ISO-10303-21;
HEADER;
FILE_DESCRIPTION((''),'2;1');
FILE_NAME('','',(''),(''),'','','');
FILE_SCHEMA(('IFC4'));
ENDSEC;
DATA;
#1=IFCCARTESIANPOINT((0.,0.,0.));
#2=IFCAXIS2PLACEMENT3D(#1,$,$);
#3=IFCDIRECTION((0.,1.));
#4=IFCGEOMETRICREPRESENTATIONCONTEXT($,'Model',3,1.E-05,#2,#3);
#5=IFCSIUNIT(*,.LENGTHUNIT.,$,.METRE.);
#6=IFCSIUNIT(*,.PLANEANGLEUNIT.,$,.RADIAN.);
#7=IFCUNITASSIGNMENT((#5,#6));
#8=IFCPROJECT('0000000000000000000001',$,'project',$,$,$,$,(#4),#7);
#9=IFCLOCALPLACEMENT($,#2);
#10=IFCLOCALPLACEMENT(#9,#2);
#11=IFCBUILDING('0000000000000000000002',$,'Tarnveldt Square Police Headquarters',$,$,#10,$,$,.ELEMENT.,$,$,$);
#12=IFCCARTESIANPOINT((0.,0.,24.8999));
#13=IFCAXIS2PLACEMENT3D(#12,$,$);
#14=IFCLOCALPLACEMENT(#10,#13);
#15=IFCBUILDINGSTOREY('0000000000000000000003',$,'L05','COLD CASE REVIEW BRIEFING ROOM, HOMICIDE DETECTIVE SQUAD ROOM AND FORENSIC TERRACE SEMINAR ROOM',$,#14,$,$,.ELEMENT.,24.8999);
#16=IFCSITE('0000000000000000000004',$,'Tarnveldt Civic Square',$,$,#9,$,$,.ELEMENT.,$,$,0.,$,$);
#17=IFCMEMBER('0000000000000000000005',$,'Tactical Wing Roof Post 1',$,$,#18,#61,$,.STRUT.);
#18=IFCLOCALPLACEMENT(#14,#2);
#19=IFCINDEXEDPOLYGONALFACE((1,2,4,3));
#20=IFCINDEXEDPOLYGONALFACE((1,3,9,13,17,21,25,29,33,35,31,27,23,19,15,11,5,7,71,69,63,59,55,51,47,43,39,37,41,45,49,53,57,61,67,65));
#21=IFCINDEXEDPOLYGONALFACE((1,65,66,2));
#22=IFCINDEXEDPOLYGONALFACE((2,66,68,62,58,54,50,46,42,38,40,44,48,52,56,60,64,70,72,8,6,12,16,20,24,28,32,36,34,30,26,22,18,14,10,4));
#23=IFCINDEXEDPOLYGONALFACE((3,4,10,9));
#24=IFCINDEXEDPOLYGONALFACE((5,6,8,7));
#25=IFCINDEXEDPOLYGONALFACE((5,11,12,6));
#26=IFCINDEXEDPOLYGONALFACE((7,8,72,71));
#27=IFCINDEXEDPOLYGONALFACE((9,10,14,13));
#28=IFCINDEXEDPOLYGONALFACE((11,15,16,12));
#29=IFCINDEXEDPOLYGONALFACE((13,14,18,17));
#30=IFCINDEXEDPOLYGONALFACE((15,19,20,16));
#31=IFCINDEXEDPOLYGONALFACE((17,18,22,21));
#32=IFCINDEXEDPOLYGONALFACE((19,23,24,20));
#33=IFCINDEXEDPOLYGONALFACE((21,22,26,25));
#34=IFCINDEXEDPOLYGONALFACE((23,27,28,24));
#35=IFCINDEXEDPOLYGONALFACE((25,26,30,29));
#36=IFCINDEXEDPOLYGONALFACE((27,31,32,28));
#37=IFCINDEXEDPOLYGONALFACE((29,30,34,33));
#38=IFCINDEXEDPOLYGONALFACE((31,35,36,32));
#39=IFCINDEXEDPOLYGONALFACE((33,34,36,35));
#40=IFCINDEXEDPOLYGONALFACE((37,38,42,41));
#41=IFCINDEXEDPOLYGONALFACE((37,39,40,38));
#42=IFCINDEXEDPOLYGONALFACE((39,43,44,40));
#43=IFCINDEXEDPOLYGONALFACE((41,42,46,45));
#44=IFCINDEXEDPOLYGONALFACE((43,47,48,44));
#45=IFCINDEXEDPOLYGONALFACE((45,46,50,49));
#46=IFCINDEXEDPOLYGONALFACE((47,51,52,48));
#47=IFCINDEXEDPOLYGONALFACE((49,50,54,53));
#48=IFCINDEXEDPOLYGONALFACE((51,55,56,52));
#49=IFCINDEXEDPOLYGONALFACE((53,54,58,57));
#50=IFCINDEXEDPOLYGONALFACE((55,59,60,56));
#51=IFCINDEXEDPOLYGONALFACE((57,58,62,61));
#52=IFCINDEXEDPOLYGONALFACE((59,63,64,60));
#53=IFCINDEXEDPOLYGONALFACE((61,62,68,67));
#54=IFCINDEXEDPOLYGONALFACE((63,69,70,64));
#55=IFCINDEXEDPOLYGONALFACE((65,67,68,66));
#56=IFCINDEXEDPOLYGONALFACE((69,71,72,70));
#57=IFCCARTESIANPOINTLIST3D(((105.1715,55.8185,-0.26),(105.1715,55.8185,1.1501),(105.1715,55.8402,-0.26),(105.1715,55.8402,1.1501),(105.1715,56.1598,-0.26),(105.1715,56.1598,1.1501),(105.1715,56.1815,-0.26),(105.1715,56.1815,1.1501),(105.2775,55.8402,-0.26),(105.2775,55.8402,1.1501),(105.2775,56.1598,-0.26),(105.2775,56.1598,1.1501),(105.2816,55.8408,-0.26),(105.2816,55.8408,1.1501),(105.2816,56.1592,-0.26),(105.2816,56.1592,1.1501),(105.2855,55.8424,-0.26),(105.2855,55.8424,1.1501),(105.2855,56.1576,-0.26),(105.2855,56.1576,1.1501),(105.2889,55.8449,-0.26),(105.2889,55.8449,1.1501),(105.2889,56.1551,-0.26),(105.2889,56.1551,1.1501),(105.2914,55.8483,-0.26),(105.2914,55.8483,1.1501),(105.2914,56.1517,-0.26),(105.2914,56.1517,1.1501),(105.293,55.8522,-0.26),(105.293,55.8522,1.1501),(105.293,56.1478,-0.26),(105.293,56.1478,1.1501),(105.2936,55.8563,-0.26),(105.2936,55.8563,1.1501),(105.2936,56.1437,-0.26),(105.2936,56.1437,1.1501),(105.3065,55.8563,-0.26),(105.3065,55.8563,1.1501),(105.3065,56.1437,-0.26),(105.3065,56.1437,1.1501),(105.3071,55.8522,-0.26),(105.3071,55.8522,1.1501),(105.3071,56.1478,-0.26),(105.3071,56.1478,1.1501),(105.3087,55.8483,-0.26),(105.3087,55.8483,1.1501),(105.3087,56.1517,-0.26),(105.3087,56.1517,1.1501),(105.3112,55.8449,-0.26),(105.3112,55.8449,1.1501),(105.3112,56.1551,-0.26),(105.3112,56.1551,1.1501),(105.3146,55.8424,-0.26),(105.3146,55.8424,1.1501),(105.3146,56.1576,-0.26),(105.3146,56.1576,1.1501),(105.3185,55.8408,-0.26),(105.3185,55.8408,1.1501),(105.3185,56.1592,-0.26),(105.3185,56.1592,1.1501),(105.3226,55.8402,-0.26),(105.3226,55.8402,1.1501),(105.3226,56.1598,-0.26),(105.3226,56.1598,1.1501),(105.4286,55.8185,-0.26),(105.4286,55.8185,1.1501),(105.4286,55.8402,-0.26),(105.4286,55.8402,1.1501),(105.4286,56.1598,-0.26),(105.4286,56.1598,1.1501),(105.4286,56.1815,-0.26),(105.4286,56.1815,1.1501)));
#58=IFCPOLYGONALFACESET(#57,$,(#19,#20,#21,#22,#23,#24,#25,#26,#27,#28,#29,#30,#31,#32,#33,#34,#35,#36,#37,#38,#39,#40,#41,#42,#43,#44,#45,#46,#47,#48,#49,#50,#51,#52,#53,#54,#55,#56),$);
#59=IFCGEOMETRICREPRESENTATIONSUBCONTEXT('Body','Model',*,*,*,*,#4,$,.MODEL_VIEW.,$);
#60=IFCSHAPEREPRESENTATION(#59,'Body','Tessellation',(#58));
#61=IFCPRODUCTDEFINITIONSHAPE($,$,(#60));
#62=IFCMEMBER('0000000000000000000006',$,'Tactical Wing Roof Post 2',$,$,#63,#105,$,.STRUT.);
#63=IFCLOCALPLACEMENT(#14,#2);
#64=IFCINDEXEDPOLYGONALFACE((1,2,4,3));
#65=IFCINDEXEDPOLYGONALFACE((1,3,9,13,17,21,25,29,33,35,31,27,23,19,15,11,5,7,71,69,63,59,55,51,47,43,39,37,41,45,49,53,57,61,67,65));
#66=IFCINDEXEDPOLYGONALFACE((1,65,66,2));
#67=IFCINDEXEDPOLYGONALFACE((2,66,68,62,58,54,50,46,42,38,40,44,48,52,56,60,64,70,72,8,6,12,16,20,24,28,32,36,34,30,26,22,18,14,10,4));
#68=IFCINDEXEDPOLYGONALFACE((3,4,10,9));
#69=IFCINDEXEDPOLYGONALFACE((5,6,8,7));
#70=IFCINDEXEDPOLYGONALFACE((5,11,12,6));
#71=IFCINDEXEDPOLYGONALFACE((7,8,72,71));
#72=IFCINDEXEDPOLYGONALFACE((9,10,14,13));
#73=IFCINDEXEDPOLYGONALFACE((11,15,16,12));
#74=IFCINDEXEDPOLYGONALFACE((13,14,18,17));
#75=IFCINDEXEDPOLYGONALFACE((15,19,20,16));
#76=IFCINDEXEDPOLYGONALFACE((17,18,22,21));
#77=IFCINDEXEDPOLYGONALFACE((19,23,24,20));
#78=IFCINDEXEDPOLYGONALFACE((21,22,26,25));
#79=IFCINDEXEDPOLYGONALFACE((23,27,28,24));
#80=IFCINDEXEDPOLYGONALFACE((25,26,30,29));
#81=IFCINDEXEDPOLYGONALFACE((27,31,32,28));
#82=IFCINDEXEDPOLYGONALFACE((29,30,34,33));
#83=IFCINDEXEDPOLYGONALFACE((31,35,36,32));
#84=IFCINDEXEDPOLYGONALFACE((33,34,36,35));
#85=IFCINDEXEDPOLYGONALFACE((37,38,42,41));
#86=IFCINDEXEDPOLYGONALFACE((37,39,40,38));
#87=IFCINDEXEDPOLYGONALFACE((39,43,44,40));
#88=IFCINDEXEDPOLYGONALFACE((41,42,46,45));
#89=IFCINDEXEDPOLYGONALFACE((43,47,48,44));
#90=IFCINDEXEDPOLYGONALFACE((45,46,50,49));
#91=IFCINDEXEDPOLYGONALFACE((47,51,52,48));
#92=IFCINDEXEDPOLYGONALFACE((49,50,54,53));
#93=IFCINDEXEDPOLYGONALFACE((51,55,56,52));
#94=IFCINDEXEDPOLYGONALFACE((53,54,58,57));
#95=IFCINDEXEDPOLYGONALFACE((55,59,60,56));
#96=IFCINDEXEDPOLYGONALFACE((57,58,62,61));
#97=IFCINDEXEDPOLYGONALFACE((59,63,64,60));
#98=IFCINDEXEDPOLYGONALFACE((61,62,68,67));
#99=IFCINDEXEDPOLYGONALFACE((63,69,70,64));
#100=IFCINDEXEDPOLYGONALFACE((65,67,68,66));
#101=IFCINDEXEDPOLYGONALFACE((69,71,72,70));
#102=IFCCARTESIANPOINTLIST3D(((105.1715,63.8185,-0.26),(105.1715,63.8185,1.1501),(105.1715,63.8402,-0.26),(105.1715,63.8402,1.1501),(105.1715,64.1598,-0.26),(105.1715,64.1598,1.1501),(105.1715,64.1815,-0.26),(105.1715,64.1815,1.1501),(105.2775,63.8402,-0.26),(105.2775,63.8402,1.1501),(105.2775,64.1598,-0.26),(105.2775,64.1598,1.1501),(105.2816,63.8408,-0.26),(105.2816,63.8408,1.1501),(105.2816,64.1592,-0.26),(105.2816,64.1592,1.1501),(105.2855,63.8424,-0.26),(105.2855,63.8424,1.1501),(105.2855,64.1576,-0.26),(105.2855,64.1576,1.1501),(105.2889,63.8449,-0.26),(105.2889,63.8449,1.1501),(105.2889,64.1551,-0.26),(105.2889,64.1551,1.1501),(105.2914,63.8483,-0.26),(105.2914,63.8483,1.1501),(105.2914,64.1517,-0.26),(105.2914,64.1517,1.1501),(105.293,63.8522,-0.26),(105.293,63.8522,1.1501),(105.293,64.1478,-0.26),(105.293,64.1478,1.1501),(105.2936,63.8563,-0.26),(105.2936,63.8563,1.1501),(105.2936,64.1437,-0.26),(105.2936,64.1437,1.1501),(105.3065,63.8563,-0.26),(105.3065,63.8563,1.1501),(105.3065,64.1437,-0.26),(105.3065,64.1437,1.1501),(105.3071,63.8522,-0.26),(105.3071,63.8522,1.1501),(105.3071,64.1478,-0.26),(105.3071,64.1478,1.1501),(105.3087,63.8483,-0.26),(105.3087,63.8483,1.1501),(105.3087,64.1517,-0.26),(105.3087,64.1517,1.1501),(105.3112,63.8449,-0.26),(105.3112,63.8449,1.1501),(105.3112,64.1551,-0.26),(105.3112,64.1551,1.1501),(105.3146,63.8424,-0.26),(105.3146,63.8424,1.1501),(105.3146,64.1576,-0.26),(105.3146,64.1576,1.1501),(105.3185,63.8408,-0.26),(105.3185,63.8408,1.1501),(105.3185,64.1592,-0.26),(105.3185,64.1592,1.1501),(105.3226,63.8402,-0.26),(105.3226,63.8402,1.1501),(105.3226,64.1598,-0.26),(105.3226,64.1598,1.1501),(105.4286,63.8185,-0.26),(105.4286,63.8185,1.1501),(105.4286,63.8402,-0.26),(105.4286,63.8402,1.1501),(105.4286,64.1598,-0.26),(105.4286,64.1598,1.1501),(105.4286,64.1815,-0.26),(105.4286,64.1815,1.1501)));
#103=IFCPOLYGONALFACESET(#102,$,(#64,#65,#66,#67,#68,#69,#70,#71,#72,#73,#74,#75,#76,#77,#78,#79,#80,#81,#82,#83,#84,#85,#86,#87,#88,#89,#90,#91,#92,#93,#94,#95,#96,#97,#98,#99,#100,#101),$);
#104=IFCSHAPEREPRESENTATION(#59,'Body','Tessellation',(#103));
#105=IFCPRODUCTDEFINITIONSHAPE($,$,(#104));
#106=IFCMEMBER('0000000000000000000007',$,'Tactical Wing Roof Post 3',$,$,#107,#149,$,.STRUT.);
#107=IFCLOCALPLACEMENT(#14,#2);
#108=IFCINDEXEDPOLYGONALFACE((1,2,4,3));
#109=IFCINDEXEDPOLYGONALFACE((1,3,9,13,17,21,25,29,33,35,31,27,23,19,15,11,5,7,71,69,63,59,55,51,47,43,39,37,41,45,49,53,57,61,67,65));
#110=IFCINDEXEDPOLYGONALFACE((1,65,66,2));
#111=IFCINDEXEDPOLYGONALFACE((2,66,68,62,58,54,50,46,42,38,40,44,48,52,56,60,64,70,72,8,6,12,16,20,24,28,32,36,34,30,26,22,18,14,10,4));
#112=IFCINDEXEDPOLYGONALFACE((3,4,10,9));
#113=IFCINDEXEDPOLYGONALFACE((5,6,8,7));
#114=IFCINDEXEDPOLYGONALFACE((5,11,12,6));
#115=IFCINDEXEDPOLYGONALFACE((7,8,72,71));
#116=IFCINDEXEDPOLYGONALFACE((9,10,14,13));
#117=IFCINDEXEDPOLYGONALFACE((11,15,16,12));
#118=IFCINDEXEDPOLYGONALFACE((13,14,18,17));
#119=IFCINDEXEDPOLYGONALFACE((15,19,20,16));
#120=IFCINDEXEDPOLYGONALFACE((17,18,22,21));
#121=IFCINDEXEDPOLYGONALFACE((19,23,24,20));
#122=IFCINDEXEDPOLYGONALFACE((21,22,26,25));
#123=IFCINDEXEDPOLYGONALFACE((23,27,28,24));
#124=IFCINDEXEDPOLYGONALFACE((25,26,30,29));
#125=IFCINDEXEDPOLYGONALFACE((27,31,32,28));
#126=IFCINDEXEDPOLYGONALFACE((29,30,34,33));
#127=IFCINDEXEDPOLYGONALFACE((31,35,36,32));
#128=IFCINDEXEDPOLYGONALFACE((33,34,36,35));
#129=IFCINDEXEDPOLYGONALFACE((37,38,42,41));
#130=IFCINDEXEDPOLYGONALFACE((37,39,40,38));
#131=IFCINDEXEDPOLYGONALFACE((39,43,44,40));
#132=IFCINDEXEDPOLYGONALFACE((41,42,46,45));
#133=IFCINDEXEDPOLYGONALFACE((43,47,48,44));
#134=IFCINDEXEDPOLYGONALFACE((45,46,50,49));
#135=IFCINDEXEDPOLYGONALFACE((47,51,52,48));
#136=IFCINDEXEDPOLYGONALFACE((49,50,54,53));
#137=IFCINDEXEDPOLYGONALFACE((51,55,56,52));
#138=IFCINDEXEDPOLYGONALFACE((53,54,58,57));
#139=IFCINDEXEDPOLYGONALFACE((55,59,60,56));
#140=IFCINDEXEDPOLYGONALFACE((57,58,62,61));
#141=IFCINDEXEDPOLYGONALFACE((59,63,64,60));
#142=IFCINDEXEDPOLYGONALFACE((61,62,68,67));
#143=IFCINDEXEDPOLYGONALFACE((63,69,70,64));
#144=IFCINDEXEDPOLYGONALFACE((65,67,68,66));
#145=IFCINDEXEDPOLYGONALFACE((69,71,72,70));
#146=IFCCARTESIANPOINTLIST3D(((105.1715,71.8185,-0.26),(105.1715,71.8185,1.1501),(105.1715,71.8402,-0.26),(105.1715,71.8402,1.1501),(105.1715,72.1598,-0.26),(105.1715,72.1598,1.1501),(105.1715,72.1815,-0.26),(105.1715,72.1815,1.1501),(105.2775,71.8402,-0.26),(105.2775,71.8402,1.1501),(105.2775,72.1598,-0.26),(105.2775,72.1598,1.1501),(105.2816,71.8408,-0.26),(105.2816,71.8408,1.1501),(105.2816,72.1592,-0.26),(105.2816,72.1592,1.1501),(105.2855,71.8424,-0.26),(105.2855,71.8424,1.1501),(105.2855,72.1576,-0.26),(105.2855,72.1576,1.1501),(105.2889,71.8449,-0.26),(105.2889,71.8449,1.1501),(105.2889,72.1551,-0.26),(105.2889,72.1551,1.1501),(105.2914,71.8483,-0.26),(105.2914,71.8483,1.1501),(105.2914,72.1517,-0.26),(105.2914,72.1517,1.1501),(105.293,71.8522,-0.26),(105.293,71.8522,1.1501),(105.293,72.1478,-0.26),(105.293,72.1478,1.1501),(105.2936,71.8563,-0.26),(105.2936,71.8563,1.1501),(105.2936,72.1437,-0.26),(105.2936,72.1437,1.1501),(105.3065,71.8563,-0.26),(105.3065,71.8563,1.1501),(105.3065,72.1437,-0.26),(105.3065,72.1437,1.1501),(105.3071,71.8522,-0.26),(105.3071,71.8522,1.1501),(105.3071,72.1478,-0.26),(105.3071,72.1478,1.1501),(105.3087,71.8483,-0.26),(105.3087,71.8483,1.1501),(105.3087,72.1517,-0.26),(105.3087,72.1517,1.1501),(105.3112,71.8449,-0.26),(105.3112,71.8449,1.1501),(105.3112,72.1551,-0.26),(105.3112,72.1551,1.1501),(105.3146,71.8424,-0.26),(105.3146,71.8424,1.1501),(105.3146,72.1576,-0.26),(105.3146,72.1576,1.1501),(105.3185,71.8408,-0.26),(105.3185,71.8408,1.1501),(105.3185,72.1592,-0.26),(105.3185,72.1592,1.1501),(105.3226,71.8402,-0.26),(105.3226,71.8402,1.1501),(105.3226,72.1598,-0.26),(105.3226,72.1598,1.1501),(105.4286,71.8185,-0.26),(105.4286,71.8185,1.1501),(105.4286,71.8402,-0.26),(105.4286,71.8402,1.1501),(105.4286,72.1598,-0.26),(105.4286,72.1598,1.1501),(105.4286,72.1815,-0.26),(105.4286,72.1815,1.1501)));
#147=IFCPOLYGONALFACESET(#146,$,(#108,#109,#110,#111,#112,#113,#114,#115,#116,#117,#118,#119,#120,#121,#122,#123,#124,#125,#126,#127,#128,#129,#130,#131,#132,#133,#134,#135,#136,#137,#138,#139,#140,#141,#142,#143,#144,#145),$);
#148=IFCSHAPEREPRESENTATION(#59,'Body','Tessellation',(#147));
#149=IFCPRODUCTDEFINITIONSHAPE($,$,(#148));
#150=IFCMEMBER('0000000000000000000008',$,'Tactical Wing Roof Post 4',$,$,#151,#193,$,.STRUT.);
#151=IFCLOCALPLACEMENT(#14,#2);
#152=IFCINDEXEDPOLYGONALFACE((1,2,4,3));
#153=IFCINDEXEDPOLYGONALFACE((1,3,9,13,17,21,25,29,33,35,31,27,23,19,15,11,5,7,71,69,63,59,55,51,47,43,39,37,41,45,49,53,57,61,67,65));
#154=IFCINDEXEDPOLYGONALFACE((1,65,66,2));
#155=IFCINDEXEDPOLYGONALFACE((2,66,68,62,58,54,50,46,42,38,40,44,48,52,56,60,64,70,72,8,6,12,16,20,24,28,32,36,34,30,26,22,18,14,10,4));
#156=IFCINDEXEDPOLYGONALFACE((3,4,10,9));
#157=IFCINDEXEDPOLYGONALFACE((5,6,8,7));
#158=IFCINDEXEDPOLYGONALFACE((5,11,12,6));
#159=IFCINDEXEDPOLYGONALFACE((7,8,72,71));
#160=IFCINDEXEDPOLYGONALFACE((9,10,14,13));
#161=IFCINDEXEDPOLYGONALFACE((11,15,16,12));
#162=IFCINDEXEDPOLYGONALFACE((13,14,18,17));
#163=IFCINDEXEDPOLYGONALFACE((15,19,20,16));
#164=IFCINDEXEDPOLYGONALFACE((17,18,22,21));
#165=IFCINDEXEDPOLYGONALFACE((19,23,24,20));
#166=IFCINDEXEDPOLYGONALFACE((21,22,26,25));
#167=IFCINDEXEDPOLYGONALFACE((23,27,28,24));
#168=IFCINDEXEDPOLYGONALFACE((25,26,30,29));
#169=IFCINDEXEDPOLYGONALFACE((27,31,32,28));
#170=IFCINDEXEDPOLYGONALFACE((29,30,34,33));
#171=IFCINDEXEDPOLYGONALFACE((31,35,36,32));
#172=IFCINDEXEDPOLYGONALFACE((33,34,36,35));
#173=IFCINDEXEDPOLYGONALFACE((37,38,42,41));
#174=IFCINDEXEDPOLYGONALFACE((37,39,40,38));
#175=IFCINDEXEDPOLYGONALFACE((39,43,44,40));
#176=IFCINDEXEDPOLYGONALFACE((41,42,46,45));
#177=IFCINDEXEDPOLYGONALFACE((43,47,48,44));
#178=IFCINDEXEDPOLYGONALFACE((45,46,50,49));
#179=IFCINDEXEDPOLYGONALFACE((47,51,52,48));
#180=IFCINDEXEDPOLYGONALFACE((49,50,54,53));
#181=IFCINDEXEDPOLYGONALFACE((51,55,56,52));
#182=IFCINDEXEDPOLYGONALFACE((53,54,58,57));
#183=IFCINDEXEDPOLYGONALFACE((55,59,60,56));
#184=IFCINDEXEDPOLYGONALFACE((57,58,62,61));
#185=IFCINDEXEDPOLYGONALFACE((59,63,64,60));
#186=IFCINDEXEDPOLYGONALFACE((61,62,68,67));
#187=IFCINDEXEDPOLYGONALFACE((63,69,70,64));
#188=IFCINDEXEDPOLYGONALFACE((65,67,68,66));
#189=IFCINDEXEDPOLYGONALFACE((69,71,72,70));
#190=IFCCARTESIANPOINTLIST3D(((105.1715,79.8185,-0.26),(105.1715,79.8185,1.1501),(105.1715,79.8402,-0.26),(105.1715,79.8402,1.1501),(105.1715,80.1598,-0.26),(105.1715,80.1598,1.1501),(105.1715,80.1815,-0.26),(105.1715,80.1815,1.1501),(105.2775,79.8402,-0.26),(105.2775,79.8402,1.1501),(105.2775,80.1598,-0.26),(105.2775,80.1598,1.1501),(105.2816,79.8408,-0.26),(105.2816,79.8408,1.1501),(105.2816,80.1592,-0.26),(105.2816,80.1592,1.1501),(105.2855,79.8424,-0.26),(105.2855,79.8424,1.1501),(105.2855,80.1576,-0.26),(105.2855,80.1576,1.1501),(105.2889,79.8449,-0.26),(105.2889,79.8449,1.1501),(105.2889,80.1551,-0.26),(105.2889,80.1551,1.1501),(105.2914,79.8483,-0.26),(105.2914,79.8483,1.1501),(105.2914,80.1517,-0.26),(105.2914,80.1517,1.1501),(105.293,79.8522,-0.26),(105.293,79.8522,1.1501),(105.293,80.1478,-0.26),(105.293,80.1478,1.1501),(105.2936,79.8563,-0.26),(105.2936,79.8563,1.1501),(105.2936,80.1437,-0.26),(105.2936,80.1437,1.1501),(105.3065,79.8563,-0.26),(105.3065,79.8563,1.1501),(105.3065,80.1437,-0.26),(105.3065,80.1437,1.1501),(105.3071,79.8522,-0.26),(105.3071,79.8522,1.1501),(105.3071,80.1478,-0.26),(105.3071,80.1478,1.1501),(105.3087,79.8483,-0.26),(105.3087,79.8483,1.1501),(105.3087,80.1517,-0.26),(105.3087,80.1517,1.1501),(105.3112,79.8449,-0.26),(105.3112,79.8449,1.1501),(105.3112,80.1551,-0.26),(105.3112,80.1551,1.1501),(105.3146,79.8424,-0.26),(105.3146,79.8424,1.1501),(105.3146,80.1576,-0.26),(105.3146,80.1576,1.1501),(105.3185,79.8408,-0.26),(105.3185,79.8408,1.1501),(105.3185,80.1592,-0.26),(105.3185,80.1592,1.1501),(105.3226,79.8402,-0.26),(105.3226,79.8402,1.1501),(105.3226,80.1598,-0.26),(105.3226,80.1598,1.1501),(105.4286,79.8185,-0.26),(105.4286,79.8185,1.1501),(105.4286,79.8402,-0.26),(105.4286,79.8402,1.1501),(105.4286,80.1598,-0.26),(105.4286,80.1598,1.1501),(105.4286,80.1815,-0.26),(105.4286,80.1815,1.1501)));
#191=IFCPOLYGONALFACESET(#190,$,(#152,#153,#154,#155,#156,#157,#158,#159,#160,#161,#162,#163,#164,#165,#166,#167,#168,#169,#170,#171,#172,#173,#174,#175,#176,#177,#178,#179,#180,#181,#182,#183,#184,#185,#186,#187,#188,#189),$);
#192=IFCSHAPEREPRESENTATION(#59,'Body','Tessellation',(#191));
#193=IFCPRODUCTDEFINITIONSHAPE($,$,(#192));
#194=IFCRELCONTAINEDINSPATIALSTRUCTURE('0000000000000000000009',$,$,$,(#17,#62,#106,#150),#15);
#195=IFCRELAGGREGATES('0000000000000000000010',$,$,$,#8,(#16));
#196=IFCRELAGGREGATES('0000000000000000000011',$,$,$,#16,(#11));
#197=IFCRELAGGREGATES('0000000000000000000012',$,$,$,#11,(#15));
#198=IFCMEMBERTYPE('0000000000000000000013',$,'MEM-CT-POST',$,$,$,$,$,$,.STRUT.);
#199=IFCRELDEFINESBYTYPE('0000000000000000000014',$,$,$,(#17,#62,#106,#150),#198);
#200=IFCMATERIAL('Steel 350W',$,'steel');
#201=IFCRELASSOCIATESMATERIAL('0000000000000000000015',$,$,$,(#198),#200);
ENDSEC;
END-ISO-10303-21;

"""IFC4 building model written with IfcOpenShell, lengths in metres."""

from ifc_helpers import new_model, si_unit, direction, frame, origin, origin_2d, place, context, subcontext, project, spatial, i_section, extrude, material, material_profile, profile_set, type_object, element, save


model = new_model("IFC4")

# Units and contexts
model_context = context("Model", 3, precision=1e-05, world=origin(), true_north=direction((0.0, 1.0)))
body_context = subcontext(model_context, "Body", "Model", "MODEL_VIEW")
ifc_project = project(units=[si_unit("LENGTHUNIT", "METRE"), si_unit("PLANEANGLEUNIT", "RADIAN")], contexts=[model_context])

# Site, building, storey
site_placement = place(None, origin())
site = spatial("IfcSite", under=ifc_project, at=site_placement, Name="Tarnveldt Civic Square", CompositionType="ELEMENT", RefElevation=0.0)
building_placement = place(site_placement, origin())
building = spatial("IfcBuilding", under=site, at=building_placement, Name="Tarnveldt Square Police Headquarters", CompositionType="ELEMENT")
storey_placement = place(building_placement, frame((0.0, 0.0, 24.8999)))
storey = spatial("IfcBuildingStorey", under=building, at=storey_placement, Name="L05", Description="COLD CASE REVIEW BRIEFING ROOM, HOMICIDE DETECTIVE SQUAD ROOM AND FORENSIC TERRACE SEMINAR ROOM", CompositionType="ELEMENT", Elevation=24.8999)

# Shared definitions
ifc_material_1 = material(Name="Steel 350W", Category="steel")

# Members
ifc_material_profile_1 = material_profile(ifc_material_1, i_section(OverallWidth=0.2571, OverallDepth=0.363, WebThickness=0.0129, FlangeThickness=0.0217, FilletRadius=0.0161, at=origin_2d()), Name="W360x122")
ifc_profile_set_1 = profile_set([ifc_material_profile_1], Name="Steel 350W")
member_type_1 = type_object("IfcMemberType", Name="MEM-CT-POST", PredefinedType="STRUT", material=ifc_profile_set_1)
for number, where, z_axis, x_axis, name in (
    (1, (105.3, 56.0, -0.26), (0.0, 0.0, 1.0), (1.0, 0.0, 0.0), "Tactical Wing Roof Post 1"),
    (2, (105.3, 64.0, -0.26), (0.0, 0.0, 1.0), (1.0, 0.0, 0.0), "Tactical Wing Roof Post 2"),
    (3, (105.3, 72.0, -0.26), (0.0, 0.0, 1.0), (1.0, 0.0, 0.0), "Tactical Wing Roof Post 3"),
    (4, (105.3, 80.0, -0.26), (0.0, 0.0, 1.0), (1.0, 0.0, 0.0), "Tactical Wing Roof Post 4"),
):
    element("IfcMember", number, at=place(storey_placement, frame(where, z_axis=z_axis, x_axis=x_axis)), inside=storey, type_object=member_type_1, Name=name, PredefinedType="STRUT", context=body_context, shape_type="SweptSolid", body=[
        extrude(i_section(OverallWidth=0.2571, OverallDepth=0.363, WebThickness=0.0129, FlangeThickness=0.0217, FilletRadius=0.0161, at=origin_2d()), origin(), (0.0, 0.0, 1.0), 1.4102),
    ])

save(model, "model.ifc")
